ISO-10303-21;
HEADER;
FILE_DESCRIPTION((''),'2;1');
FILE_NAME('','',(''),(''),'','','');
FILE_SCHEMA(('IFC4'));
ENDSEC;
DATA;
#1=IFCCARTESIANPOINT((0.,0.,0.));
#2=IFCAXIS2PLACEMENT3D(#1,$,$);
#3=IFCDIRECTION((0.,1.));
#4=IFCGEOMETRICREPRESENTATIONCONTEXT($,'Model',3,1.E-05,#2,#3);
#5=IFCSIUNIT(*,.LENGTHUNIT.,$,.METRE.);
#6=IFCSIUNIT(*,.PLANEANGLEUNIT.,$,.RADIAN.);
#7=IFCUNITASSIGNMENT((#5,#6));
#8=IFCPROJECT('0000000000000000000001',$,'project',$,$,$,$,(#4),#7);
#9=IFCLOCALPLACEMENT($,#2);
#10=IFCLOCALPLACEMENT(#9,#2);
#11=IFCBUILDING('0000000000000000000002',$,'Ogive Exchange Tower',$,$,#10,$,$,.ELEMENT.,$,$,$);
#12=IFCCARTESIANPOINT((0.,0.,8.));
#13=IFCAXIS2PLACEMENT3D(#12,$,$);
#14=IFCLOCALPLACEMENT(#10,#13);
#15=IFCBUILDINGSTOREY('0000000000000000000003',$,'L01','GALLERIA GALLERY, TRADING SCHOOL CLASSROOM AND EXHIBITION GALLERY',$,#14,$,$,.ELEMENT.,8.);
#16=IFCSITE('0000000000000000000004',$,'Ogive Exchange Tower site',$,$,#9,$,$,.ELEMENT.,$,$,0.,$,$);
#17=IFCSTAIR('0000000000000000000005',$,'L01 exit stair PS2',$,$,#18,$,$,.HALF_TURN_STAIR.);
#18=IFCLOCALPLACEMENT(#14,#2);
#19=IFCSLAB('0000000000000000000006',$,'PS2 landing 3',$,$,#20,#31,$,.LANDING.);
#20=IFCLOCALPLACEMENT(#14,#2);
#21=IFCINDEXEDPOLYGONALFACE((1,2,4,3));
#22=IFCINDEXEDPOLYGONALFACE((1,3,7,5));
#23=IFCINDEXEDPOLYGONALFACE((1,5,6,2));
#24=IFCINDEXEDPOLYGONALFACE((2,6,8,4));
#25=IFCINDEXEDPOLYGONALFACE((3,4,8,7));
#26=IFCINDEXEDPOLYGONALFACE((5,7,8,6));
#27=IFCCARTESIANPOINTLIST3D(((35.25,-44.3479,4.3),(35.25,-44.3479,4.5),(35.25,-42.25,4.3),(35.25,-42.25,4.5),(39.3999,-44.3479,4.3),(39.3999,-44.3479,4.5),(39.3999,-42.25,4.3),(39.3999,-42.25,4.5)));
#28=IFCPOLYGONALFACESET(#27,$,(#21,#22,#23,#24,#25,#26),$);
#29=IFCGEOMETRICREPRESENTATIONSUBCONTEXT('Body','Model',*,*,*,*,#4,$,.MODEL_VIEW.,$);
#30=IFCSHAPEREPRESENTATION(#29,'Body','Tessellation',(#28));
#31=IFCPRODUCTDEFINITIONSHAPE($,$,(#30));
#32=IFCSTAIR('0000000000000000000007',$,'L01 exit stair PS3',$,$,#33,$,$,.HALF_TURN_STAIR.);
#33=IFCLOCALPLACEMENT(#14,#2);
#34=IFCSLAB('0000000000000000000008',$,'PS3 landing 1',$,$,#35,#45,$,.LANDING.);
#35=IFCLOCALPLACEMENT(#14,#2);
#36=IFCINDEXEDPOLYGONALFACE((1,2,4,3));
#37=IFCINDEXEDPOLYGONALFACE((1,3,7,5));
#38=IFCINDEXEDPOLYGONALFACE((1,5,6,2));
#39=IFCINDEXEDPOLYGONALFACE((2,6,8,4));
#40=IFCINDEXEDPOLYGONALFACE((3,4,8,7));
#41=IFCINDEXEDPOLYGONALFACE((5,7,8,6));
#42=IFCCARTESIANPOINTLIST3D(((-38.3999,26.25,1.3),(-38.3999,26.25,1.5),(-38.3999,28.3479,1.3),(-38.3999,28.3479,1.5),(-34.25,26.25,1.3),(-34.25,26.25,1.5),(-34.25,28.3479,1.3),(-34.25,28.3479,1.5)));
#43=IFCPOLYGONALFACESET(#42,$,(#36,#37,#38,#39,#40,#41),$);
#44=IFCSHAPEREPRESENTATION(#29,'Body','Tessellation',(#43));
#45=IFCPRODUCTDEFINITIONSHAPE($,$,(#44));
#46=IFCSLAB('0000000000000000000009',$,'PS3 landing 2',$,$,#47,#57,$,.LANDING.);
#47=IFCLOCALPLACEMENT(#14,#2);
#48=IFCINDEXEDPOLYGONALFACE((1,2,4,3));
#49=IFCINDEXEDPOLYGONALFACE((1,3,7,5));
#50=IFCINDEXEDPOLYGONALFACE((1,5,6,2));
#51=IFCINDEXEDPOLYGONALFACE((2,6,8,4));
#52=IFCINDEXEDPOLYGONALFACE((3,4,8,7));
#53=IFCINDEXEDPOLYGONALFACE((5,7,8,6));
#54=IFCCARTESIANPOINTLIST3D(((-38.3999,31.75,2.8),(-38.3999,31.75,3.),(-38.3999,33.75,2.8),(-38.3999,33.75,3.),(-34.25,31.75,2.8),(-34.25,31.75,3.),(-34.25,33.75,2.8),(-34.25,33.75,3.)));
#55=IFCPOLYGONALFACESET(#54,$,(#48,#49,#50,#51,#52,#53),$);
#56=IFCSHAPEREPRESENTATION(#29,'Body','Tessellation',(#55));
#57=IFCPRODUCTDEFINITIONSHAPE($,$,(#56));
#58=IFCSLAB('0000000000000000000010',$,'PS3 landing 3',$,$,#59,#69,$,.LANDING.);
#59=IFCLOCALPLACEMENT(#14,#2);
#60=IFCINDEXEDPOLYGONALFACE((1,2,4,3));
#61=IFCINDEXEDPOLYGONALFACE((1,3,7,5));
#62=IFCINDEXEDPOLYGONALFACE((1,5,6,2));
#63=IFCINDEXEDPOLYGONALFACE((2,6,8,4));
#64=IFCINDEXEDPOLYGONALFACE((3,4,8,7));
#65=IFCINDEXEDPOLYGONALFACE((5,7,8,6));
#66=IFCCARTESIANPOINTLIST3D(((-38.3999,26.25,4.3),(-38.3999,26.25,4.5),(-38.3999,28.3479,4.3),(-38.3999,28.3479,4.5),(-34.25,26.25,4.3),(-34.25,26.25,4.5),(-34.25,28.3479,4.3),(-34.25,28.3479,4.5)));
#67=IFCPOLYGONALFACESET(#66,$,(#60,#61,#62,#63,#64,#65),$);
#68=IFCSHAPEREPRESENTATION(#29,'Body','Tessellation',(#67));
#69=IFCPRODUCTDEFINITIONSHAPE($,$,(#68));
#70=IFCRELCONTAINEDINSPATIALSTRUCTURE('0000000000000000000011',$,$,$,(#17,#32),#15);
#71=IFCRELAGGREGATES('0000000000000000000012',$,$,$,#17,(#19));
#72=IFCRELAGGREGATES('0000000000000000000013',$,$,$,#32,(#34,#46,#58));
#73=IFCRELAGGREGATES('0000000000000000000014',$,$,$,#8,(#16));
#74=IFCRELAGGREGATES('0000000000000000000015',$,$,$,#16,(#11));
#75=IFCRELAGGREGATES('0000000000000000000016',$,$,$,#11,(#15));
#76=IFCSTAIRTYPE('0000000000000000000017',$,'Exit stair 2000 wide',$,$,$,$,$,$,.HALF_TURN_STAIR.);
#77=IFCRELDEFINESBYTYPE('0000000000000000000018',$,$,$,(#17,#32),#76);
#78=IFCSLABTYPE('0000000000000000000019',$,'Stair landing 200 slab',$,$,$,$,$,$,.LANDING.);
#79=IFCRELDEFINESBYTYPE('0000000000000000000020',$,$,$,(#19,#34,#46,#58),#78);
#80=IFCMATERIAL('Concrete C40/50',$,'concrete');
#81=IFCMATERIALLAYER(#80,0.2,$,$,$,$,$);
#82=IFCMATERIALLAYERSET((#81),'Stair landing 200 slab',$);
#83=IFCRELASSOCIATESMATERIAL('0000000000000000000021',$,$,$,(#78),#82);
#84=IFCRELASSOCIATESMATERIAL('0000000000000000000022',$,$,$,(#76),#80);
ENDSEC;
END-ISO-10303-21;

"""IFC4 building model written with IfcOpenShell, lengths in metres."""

from ifc_helpers import new_model, si_unit, direction, frame, origin, place, context, subcontext, project, spatial, polyline, outline, extrude, material, layer, layer_set, type_object, element, aggregate, save


model = new_model("IFC4")

# Units and contexts
model_context = context("Model", 3, precision=1e-05, world=origin(), true_north=direction((0.0, 1.0)))
body_context = subcontext(model_context, "Body", "Model", "MODEL_VIEW")
ifc_project = project(units=[si_unit("LENGTHUNIT", "METRE"), si_unit("PLANEANGLEUNIT", "RADIAN")], contexts=[model_context])

# Site, building, storey
site_placement = place(None, origin())
site = spatial("IfcSite", under=ifc_project, at=site_placement, Name="Ogive Exchange Tower site", CompositionType="ELEMENT", RefElevation=0.0)
building_placement = place(site_placement, origin())
building = spatial("IfcBuilding", under=site, at=building_placement, Name="Ogive Exchange Tower", CompositionType="ELEMENT")
storey_placement = place(building_placement, frame((0.0, 0.0, 8.0)))
storey = spatial("IfcBuildingStorey", under=building, at=storey_placement, Name="L01", Description="GALLERIA GALLERY, TRADING SCHOOL CLASSROOM AND EXHIBITION GALLERY", CompositionType="ELEMENT", Elevation=8.0)

# Shared definitions
ifc_material = material(Name="Concrete C40/50", Category="concrete")
ifc_layer = layer(ifc_material, 0.2)
ifc_layer_set = layer_set([ifc_layer], Name="Stair landing 200 slab")
slab_type = type_object("IfcSlabType", Name="Stair landing 200 slab", PredefinedType="LANDING", material=ifc_layer_set)

# Stairs, slabs
stair_type_1 = type_object("IfcStairType", Name="Exit stair 2000 wide", PredefinedType="HALF_TURN_STAIR", material=ifc_material)
stair_1_placement = place(storey_placement, origin())
stair_1 = element("IfcStair", 1, at=stair_1_placement, inside=storey, type_object=stair_type_1, Name="L01 exit stair PS2", PredefinedType="HALF_TURN_STAIR")
slab_1_placement = place(storey_placement, frame((0.0, 0.0, 4.3)))
slab_1 = element("IfcSlab", 2, at=slab_1_placement, type_object=slab_type, Name="PS2 landing 3", PredefinedType="LANDING", context=body_context, shape_type="SweptSolid", body=[
    extrude(outline(polyline([(39.3999, -44.3479), (39.3999, -42.25), (35.25, -42.25), (35.25, -44.3479), (39.3999, -44.3479)])), origin(), (0.0, 0.0, 1.0), 0.2),
])
aggregate(stair_1, [slab_1])
stair_2_placement = place(storey_placement, origin())
stair_2 = element("IfcStair", 3, at=stair_2_placement, inside=storey, type_object=stair_type_1, Name="L01 exit stair PS3", PredefinedType="HALF_TURN_STAIR")
slab_2_placement = place(storey_placement, frame((0.0, 0.0, 1.3)))
slab_2 = element("IfcSlab", 4, at=slab_2_placement, type_object=slab_type, Name="PS3 landing 1", PredefinedType="LANDING", context=body_context, shape_type="SweptSolid", body=[
    extrude(outline(polyline([(-38.3999, 28.3479), (-38.3999, 26.25), (-34.25, 26.25), (-34.25, 28.3479), (-38.3999, 28.3479)])), origin(), (0.0, 0.0, 1.0), 0.2),
])
slab_3_placement = place(storey_placement, frame((0.0, 0.0, 2.8)))
slab_3 = element("IfcSlab", 5, at=slab_3_placement, type_object=slab_type, Name="PS3 landing 2", PredefinedType="LANDING", context=body_context, shape_type="SweptSolid", body=[
    extrude(outline(polyline([(-38.3999, 33.75), (-38.3999, 31.75), (-34.25, 31.75), (-34.25, 33.75), (-38.3999, 33.75)])), origin(), (0.0, 0.0, 1.0), 0.2),
])
slab_4_placement = place(storey_placement, frame((0.0, 0.0, 4.3)))
slab_4 = element("IfcSlab", 6, at=slab_4_placement, type_object=slab_type, Name="PS3 landing 3", PredefinedType="LANDING", context=body_context, shape_type="SweptSolid", body=[
    extrude(outline(polyline([(-38.3999, 28.3479), (-38.3999, 26.25), (-34.25, 26.25), (-34.25, 28.3479), (-38.3999, 28.3479)])), origin(), (0.0, 0.0, 1.0), 0.2),
])
aggregate(stair_2, [slab_2, slab_3, slab_4])

save(model, "model.ifc")
